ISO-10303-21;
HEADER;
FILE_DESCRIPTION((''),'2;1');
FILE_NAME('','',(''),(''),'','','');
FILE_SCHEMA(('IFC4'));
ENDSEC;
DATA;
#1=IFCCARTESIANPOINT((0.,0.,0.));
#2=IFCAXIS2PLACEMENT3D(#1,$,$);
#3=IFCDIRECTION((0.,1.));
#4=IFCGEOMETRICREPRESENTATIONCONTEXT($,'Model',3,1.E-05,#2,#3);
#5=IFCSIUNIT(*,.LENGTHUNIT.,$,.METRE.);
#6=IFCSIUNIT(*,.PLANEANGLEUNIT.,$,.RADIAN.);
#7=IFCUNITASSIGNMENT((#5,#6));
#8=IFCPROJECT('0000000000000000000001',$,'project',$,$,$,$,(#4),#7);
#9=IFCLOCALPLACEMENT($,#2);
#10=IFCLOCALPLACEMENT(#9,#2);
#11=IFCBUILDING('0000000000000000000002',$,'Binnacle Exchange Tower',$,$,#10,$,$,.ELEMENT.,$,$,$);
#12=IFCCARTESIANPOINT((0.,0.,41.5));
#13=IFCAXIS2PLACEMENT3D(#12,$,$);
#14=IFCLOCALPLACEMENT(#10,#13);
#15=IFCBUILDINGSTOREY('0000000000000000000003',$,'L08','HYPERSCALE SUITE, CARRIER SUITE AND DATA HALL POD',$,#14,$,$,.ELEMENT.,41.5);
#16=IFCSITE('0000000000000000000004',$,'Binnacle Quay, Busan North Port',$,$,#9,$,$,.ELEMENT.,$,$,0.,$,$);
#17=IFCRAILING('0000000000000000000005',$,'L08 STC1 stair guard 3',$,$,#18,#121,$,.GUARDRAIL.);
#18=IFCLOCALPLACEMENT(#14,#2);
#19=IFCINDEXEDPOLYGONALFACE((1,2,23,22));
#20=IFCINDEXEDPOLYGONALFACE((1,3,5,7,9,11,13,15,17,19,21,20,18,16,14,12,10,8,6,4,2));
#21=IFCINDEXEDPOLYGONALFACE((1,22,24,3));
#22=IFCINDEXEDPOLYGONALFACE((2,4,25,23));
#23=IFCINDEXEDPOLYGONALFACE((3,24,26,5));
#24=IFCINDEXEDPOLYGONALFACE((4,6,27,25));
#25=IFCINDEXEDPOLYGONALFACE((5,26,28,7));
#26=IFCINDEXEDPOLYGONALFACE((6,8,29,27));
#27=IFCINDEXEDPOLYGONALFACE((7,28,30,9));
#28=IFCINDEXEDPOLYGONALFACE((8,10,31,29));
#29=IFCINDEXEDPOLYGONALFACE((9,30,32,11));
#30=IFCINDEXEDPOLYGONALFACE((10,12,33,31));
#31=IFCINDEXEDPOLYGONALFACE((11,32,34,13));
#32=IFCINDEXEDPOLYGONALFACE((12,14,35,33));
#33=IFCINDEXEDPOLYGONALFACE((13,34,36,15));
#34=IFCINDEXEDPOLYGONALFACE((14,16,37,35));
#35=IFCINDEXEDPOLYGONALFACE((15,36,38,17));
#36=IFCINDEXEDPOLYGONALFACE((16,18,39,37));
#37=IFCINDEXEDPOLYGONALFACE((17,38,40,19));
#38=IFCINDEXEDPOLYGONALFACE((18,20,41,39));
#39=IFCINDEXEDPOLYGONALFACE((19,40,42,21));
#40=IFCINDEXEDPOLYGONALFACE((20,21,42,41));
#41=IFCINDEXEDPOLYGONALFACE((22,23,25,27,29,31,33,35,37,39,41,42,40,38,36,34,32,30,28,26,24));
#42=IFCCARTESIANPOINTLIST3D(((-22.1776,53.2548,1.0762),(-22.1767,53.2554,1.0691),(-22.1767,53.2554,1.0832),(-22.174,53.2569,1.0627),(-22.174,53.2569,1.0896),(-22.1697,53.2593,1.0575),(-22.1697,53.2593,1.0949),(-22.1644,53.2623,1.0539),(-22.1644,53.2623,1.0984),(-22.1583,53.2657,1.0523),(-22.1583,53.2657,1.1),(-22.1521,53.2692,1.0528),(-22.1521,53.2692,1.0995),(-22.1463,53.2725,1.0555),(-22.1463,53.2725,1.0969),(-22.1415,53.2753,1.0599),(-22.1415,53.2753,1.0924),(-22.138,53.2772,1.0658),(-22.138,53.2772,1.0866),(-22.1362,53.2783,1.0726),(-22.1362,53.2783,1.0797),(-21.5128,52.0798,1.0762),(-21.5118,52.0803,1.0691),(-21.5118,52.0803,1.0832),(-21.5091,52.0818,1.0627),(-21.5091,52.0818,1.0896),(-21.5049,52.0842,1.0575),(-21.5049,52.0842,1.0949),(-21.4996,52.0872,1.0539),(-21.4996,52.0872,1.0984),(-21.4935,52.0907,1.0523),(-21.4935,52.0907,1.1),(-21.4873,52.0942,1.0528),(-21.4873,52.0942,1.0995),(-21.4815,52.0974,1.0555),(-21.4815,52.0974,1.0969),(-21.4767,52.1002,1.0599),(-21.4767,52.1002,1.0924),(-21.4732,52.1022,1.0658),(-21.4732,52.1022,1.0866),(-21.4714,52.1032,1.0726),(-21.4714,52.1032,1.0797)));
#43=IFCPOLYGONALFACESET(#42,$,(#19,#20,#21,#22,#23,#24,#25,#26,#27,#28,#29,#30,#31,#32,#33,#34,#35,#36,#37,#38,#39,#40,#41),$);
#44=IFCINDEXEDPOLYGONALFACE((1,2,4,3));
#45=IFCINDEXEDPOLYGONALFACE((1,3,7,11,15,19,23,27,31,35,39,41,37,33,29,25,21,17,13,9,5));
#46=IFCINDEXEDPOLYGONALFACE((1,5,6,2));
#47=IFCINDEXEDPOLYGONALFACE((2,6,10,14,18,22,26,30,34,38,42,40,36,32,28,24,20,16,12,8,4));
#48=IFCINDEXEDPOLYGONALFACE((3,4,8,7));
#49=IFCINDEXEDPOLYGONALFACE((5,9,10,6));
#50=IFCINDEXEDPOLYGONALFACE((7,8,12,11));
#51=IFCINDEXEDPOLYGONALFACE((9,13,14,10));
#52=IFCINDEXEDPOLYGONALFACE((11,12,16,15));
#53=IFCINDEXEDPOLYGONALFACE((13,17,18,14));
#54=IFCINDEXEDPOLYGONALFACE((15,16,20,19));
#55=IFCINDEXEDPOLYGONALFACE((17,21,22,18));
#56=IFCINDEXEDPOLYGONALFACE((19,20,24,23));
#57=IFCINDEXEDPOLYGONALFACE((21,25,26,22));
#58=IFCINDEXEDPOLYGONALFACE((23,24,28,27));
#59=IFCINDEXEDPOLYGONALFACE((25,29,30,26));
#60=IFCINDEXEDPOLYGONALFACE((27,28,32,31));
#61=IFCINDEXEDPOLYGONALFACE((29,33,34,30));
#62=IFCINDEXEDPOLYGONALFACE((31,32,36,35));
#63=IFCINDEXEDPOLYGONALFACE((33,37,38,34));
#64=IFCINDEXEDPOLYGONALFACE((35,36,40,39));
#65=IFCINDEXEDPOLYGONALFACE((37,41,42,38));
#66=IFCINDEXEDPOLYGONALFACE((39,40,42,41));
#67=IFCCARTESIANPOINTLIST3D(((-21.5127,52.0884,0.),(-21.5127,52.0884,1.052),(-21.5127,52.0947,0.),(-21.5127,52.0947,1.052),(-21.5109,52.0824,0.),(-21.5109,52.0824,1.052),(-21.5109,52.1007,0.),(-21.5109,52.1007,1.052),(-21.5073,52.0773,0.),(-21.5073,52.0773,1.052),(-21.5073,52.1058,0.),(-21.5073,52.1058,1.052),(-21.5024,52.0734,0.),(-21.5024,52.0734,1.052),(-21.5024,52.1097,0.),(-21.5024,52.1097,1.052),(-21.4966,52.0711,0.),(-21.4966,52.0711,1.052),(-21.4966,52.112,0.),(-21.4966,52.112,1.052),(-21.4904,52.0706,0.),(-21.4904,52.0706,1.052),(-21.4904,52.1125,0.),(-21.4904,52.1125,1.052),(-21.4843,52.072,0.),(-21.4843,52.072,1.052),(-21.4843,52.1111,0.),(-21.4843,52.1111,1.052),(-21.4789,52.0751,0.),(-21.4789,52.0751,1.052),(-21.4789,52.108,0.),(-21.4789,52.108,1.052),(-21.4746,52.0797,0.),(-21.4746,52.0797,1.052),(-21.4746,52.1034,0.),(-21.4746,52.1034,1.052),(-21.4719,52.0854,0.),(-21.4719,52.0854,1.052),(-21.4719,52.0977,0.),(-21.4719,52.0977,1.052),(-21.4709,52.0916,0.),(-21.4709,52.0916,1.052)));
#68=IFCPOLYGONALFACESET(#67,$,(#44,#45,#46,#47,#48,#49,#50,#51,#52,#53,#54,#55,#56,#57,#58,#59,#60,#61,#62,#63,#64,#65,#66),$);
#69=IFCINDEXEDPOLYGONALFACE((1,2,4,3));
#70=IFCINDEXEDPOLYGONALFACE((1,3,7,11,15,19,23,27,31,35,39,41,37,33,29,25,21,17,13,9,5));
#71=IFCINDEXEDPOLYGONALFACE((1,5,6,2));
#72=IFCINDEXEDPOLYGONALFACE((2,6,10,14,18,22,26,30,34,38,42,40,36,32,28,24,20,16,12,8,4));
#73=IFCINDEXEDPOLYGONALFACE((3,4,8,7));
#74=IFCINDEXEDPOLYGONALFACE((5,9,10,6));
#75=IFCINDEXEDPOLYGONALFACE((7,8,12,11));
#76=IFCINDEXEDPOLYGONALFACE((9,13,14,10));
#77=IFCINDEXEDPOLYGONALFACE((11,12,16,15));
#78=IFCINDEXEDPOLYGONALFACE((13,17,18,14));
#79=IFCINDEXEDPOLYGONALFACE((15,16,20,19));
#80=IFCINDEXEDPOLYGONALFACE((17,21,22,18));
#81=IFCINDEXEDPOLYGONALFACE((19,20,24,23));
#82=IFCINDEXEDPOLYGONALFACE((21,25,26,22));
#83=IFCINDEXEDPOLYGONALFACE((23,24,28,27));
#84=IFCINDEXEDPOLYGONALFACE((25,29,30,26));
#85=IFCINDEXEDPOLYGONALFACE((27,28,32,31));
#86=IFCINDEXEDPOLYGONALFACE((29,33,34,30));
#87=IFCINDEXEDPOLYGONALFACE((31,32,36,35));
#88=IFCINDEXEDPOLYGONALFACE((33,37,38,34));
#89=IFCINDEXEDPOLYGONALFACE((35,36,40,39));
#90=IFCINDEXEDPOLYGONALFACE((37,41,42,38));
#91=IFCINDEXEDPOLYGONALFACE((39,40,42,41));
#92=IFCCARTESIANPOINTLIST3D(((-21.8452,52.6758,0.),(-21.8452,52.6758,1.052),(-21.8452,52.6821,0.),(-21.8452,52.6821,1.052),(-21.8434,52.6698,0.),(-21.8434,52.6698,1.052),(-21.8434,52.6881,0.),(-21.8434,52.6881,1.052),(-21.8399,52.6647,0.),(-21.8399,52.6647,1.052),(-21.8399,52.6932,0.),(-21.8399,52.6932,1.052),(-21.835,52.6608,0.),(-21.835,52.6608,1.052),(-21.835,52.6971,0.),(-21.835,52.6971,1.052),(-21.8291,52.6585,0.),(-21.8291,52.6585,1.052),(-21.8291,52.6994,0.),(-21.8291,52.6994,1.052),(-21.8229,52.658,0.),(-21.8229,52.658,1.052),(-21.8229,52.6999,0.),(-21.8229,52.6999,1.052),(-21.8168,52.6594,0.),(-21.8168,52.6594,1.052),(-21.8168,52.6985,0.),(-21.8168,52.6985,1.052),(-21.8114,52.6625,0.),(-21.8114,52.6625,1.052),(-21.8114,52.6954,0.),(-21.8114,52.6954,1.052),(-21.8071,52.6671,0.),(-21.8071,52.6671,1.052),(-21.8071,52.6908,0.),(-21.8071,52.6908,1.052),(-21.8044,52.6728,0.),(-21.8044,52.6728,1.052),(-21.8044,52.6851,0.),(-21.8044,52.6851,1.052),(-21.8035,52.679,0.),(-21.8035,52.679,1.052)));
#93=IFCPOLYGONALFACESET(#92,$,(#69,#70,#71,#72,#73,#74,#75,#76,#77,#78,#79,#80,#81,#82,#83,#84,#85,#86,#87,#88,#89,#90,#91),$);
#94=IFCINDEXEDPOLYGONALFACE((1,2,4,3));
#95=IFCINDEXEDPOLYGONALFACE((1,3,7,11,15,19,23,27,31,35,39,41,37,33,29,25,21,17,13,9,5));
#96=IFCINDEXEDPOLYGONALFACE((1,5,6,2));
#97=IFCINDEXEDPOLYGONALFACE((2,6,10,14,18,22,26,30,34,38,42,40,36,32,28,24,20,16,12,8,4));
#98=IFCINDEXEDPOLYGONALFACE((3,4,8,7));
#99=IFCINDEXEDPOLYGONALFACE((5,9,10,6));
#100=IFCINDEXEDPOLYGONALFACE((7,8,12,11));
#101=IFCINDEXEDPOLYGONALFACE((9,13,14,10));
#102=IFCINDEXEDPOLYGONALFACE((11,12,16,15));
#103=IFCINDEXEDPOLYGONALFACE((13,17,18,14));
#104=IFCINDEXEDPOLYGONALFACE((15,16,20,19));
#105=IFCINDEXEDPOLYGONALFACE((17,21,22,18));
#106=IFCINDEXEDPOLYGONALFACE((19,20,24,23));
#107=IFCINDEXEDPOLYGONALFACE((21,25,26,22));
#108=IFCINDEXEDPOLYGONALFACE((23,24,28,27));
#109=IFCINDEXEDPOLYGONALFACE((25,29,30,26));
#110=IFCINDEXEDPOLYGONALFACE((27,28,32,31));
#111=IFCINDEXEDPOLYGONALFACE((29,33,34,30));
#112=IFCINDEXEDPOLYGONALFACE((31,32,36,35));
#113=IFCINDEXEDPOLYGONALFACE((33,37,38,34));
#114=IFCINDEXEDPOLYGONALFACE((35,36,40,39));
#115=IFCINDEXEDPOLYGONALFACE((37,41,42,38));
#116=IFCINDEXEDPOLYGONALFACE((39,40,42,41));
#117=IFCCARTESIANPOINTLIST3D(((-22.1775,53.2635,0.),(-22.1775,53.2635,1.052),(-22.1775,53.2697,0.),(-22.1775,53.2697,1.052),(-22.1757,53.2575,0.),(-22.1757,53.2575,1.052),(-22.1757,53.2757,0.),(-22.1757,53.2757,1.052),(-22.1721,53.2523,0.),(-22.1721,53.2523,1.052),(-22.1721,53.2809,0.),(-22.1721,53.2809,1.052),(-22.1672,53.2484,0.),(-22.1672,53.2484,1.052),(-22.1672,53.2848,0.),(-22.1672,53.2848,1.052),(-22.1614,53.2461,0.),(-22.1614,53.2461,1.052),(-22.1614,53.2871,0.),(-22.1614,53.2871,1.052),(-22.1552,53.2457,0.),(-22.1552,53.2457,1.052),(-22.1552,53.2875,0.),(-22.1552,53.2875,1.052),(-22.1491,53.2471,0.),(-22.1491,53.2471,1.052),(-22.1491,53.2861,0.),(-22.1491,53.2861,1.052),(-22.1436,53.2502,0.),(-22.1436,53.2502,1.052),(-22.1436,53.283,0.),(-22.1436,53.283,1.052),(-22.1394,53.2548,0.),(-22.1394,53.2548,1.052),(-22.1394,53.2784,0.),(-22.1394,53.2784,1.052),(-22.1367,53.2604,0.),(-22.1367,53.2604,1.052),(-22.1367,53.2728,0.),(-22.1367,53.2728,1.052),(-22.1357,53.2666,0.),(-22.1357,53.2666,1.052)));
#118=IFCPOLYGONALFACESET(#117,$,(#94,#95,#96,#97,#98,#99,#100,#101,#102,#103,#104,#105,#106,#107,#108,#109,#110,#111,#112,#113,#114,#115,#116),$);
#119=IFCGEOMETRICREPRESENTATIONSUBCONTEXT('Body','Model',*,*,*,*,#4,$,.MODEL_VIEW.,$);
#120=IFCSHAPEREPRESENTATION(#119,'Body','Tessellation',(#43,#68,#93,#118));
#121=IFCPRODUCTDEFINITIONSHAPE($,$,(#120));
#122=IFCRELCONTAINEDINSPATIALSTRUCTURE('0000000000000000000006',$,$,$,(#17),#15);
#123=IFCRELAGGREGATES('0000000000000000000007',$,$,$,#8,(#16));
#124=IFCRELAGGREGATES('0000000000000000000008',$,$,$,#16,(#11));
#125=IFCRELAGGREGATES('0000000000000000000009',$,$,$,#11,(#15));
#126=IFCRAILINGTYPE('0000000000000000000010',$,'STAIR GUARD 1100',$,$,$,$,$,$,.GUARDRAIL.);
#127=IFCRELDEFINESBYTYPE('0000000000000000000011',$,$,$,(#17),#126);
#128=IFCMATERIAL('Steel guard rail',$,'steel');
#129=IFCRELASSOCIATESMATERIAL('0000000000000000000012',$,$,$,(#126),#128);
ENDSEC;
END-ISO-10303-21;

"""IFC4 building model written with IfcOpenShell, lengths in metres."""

from ifc_helpers import new_model, si_unit, direction, frame, origin, origin_2d, place, context, subcontext, project, spatial, circle, extrude, material, type_object, element, save


model = new_model("IFC4")

# Units and contexts
model_context = context("Model", 3, precision=1e-05, world=origin(), true_north=direction((0.0, 1.0)))
body_context = subcontext(model_context, "Body", "Model", "MODEL_VIEW")
ifc_project = project(units=[si_unit("LENGTHUNIT", "METRE"), si_unit("PLANEANGLEUNIT", "RADIAN")], contexts=[model_context])

# Site, building, storey
site_placement = place(None, origin())
site = spatial("IfcSite", under=ifc_project, at=site_placement, Name="Binnacle Quay, Busan North Port", CompositionType="ELEMENT", RefElevation=0.0)
building_placement = place(site_placement, origin())
building = spatial("IfcBuilding", under=site, at=building_placement, Name="Binnacle Exchange Tower", CompositionType="ELEMENT")
storey_placement = place(building_placement, frame((0.0, 0.0, 41.5)))
storey = spatial("IfcBuildingStorey", under=building, at=storey_placement, Name="L08", Description="HYPERSCALE SUITE, CARRIER SUITE AND DATA HALL POD", CompositionType="ELEMENT", Elevation=41.5)

# Railing
ifc_material_1 = material(Name="Steel guard rail", Category="steel")
railing_type_1 = type_object("IfcRailingType", Name="STAIR GUARD 1100", PredefinedType="GUARDRAIL", material=ifc_material_1)
railing_1_placement = place(storey_placement, frame((-21.4919, 52.0916, 0.0)))
element("IfcRailing", 1, at=railing_1_placement, inside=storey, type_object=railing_type_1, Name="L08 STC1 stair guard 3", PredefinedType="GUARDRAIL", context=body_context, shape_type="SweptSolid", body=[
    extrude(circle(Radius=0.0239, at=origin_2d()), frame((0.0, 0.0, 1.0762), z_axis=(-0.492415, 0.870361, 0.0), x_axis=(-0.870361, -0.492415, 0.0)), (0.0, 0.0, 1.0), 1.3501),
    extrude(circle(Radius=0.021, at=origin_2d()), origin(), (0.0, 0.0, 1.0), 1.052),
    extrude(circle(Radius=0.021, at=origin_2d()), frame((-0.3325, 0.5874, 0.0)), (0.0, 0.0, 1.0), 1.052),
    extrude(circle(Radius=0.021, at=origin_2d()), frame((-0.6648, 1.175, 0.0)), (0.0, 0.0, 1.0), 1.052),
])

save(model, "model.ifc")
